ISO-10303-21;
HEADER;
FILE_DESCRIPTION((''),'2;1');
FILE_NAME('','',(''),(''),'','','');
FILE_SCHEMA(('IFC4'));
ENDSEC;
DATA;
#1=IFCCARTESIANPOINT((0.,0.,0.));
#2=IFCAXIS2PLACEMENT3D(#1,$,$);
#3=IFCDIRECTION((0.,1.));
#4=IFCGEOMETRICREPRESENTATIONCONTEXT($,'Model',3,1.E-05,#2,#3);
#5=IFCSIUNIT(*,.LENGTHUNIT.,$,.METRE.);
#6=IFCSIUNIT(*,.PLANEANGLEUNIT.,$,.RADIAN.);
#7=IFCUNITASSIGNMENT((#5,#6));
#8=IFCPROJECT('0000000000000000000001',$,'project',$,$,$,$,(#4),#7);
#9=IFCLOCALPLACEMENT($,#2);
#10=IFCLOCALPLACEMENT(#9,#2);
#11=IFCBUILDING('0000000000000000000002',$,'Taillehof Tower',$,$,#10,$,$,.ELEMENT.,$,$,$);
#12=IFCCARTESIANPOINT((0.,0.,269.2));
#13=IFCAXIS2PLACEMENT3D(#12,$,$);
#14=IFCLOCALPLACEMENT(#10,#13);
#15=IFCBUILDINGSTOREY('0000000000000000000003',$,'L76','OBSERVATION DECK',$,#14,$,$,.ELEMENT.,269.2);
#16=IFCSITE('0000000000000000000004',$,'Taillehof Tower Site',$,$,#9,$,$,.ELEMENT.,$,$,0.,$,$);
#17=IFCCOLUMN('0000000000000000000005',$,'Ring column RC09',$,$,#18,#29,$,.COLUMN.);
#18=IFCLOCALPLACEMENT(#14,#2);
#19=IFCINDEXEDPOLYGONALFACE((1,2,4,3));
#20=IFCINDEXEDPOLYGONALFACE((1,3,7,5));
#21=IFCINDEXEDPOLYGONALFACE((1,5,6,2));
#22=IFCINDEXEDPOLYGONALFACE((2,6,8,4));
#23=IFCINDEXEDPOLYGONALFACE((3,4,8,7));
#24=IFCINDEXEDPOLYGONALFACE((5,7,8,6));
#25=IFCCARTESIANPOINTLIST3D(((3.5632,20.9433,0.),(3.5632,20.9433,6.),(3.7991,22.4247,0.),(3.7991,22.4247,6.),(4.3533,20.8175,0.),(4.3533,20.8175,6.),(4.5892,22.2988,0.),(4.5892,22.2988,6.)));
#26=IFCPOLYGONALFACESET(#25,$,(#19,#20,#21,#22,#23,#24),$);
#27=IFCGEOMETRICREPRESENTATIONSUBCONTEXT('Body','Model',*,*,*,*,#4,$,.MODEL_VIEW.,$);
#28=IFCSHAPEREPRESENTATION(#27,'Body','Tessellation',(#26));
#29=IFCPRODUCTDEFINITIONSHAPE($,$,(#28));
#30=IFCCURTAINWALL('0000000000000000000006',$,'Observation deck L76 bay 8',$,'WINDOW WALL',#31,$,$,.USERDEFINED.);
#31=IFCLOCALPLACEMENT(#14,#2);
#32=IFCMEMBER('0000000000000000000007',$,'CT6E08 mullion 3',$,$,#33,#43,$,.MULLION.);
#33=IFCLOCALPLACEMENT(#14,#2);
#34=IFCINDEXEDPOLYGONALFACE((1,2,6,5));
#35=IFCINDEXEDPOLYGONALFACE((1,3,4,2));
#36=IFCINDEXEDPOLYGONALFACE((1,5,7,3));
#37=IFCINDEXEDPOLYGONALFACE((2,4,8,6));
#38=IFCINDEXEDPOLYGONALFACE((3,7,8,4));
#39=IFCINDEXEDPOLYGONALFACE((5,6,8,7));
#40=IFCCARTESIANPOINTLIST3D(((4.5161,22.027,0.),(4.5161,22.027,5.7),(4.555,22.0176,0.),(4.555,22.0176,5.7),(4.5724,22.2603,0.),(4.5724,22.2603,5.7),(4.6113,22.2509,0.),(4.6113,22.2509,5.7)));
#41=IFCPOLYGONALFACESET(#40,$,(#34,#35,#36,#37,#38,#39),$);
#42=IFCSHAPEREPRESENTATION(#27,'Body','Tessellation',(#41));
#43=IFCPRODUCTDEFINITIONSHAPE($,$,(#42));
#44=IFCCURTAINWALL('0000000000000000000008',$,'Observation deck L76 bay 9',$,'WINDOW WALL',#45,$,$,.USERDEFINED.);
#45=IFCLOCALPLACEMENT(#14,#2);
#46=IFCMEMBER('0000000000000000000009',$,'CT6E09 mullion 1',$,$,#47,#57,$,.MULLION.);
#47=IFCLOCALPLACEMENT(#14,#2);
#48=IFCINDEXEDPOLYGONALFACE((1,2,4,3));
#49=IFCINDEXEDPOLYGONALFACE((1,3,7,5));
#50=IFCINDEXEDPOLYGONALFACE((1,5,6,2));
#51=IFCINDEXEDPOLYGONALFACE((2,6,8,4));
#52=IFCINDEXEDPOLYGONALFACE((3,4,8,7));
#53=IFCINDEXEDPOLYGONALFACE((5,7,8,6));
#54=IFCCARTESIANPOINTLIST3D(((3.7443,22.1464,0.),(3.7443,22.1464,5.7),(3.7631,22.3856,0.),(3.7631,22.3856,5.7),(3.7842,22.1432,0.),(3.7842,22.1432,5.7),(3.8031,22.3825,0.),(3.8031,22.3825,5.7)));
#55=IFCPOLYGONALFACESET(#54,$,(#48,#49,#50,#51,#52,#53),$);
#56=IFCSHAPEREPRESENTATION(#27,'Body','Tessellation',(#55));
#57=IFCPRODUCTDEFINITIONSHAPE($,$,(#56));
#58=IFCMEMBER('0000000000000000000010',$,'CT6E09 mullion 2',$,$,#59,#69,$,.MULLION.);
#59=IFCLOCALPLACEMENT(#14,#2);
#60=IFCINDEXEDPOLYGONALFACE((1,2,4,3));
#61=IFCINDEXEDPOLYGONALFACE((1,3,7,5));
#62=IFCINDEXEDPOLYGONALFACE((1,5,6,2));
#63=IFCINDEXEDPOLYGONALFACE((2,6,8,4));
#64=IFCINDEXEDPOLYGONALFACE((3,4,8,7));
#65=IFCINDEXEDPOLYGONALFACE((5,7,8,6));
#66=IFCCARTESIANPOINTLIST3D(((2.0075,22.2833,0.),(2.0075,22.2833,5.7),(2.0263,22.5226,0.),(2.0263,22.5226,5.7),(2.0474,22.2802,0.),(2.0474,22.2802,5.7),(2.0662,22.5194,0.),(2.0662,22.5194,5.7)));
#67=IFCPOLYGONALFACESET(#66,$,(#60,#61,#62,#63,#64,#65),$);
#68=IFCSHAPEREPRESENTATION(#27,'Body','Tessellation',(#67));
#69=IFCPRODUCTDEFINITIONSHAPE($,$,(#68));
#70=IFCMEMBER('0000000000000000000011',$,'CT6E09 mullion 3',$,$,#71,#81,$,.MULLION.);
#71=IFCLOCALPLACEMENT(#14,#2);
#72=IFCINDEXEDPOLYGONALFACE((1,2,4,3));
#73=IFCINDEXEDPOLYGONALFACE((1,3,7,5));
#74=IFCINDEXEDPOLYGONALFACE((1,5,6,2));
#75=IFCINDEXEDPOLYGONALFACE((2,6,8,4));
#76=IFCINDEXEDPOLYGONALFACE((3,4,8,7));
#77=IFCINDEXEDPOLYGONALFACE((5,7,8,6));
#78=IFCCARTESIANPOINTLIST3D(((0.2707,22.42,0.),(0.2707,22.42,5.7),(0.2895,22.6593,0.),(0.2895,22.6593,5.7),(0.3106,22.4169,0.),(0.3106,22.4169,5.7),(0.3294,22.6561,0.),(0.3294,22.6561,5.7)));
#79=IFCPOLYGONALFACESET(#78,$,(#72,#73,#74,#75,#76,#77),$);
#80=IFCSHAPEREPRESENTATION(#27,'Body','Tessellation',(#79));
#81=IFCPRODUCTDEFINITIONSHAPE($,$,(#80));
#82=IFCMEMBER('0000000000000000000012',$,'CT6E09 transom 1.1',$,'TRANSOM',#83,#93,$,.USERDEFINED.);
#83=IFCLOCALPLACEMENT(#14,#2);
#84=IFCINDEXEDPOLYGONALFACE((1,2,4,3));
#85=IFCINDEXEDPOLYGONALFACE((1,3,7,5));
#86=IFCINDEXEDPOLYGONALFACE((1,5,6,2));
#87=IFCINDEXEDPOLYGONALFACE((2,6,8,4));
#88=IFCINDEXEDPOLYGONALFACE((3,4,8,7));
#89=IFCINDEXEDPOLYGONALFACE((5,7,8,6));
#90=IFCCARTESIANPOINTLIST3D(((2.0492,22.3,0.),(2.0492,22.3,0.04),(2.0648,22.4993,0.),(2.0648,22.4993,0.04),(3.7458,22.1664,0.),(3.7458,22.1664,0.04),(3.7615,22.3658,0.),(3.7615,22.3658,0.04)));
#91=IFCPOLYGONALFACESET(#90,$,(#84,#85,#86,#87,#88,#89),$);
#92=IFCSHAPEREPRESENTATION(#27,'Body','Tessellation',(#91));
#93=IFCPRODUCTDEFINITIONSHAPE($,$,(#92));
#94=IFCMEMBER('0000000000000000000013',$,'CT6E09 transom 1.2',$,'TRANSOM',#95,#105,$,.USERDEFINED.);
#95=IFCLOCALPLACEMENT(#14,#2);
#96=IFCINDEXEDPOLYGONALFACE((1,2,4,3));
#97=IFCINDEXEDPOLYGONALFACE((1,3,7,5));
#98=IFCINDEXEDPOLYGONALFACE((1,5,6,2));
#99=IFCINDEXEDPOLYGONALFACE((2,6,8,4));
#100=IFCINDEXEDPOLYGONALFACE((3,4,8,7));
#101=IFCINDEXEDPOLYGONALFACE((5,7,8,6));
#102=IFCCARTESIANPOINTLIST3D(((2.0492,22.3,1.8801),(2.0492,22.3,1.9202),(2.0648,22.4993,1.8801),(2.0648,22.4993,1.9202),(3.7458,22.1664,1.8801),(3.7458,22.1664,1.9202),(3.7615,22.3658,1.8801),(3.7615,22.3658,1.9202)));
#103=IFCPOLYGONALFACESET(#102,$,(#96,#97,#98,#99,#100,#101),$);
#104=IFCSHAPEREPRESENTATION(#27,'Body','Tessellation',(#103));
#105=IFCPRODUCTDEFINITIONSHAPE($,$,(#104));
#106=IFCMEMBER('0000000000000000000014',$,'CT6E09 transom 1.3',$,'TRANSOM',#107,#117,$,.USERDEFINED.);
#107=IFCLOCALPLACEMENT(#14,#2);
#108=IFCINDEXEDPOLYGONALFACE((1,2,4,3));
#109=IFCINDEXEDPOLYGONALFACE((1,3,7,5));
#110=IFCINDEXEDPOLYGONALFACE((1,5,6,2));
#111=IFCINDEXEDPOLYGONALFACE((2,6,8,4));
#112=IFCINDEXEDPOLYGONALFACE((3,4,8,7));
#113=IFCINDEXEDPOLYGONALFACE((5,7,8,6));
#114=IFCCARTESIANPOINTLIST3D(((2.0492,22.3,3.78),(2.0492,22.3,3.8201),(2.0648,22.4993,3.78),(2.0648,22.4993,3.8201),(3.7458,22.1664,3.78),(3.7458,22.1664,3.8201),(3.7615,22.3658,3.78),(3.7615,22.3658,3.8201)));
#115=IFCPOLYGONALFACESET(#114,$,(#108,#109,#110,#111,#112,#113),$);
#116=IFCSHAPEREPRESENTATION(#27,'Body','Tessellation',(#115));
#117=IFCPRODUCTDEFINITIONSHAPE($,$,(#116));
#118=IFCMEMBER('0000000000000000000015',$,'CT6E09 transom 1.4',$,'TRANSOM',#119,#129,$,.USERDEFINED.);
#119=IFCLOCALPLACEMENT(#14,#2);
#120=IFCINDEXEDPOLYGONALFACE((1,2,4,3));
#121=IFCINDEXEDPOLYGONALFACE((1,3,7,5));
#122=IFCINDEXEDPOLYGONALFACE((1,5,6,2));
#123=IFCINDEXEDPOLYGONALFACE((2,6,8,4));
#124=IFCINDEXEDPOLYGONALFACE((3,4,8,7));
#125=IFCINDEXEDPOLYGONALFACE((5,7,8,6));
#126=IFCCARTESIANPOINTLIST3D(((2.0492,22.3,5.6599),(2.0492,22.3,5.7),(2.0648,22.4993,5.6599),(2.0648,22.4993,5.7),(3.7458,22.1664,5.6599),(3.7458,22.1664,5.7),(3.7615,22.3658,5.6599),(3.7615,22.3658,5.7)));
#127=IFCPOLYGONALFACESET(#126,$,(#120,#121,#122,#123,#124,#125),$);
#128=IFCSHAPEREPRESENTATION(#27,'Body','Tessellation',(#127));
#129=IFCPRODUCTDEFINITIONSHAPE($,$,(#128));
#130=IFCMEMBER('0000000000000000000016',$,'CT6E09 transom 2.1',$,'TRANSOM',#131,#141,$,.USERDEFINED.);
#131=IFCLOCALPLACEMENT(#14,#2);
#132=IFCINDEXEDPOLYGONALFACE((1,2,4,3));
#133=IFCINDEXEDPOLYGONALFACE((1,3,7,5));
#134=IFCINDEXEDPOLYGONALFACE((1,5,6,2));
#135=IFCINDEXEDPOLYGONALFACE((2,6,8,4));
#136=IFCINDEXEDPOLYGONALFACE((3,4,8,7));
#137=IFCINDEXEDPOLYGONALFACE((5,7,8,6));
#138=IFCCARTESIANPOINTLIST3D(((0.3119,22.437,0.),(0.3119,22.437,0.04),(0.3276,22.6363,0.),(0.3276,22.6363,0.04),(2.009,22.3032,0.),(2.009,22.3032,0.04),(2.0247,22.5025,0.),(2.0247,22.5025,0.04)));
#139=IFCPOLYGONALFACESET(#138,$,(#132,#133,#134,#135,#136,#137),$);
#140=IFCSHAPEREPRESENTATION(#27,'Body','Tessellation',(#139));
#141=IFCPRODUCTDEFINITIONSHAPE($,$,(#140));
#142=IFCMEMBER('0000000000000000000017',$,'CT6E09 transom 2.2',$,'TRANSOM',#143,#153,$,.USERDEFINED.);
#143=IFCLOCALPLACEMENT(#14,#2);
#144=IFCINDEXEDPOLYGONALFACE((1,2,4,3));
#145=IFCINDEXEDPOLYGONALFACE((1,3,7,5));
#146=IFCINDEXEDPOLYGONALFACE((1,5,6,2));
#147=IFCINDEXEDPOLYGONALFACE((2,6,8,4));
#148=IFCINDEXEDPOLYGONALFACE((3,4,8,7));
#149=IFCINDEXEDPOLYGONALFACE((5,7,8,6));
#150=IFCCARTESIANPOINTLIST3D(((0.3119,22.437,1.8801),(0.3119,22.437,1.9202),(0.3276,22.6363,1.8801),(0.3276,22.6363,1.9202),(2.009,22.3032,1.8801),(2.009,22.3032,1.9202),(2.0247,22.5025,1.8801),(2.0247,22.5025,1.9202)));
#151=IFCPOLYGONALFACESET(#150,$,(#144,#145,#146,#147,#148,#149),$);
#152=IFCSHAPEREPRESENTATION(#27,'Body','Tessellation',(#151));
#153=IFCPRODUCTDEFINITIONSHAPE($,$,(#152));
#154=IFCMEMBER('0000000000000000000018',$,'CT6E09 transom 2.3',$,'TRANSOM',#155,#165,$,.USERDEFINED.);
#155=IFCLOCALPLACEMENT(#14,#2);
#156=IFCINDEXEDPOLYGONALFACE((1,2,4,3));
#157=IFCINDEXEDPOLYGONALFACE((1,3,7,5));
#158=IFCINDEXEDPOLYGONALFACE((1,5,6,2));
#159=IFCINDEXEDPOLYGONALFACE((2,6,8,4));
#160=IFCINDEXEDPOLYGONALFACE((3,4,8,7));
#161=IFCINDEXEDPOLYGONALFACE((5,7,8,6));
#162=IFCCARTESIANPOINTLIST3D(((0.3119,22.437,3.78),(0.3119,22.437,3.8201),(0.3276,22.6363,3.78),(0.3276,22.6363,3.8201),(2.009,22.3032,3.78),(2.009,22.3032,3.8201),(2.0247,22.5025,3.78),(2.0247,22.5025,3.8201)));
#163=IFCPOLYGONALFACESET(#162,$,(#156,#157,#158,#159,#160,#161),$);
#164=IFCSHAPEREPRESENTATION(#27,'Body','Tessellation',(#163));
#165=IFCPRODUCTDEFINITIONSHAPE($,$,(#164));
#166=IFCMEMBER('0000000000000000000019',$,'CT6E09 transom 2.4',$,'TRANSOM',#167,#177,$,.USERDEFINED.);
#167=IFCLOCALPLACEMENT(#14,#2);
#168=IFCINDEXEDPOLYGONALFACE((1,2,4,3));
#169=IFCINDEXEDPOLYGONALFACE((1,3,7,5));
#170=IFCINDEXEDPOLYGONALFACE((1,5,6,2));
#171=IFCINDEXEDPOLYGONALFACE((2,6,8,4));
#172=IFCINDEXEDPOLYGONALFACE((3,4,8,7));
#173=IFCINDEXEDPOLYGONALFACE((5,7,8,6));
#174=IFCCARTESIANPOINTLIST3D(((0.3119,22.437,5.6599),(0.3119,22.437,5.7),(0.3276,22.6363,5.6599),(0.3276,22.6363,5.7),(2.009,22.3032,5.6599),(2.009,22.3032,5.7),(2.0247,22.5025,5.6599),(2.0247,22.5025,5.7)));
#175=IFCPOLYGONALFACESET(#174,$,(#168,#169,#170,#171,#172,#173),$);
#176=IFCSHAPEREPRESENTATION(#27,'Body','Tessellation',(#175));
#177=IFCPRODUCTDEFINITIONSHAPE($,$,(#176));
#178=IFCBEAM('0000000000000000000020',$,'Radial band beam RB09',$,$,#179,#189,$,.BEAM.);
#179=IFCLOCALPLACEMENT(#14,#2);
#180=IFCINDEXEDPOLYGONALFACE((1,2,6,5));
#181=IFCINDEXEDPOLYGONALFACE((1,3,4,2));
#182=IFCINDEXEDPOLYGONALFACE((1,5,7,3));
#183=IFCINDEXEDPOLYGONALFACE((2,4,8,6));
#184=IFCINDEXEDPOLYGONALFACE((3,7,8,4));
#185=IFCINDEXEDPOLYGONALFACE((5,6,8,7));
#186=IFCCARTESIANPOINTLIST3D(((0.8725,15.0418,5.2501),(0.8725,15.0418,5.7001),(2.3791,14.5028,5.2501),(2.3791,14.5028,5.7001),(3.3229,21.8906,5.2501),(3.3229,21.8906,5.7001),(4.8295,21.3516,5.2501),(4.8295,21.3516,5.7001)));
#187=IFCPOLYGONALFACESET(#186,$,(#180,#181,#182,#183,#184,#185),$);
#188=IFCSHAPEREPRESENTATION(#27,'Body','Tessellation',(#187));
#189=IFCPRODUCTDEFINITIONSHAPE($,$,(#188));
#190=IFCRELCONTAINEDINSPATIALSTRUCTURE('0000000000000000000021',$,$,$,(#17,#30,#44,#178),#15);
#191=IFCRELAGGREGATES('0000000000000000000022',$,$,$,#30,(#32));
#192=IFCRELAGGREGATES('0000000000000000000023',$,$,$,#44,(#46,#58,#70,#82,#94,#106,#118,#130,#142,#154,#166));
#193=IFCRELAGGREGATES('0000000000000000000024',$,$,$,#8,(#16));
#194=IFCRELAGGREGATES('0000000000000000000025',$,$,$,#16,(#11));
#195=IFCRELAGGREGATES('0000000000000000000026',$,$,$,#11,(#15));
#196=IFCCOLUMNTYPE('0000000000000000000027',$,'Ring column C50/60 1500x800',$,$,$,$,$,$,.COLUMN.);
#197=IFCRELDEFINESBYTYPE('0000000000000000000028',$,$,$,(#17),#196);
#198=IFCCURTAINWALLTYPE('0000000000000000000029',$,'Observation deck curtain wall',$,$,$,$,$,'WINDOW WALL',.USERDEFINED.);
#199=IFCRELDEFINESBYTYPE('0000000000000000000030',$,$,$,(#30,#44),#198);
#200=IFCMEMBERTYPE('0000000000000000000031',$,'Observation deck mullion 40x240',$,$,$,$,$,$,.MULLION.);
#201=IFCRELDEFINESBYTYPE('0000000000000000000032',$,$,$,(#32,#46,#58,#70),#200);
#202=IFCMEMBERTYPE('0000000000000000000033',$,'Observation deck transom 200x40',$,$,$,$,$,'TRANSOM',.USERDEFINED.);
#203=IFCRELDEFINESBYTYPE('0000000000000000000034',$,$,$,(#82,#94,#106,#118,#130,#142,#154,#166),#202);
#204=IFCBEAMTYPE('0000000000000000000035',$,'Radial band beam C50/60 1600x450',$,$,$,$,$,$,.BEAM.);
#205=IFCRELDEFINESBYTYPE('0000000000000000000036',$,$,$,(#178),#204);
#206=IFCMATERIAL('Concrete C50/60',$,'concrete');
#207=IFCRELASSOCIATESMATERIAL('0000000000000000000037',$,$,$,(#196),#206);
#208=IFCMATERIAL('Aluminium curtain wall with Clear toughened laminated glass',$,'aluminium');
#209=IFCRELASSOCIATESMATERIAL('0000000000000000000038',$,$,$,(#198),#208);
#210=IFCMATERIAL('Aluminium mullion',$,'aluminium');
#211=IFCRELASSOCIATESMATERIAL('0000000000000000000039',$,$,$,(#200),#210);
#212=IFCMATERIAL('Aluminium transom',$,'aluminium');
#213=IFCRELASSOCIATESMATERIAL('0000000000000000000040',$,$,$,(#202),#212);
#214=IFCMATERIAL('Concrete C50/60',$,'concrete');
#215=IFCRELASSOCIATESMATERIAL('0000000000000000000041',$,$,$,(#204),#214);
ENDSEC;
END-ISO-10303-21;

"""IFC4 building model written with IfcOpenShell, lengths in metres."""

from ifc_helpers import new_model, si_unit, direction, frame, origin, origin_2d, place, context, subcontext, project, spatial, rectangle, extrude, material, material_profile, profile_set, type_object, element, aggregate, save


model = new_model("IFC4")

# Units and contexts
model_context = context("Model", 3, precision=1e-05, world=origin(), true_north=direction((0.0, 1.0)))
body_context = subcontext(model_context, "Body", "Model", "MODEL_VIEW")
ifc_project = project(units=[si_unit("LENGTHUNIT", "METRE"), si_unit("PLANEANGLEUNIT", "RADIAN")], contexts=[model_context])

# Site, building, storey
site_placement = place(None, origin())
site = spatial("IfcSite", under=ifc_project, at=site_placement, Name="Taillehof Tower Site", CompositionType="ELEMENT", RefElevation=0.0)
building_placement = place(site_placement, origin())
building = spatial("IfcBuilding", under=site, at=building_placement, Name="Taillehof Tower", CompositionType="ELEMENT")
storey_placement = place(building_placement, frame((0.0, 0.0, 269.2)))
storey = spatial("IfcBuildingStorey", under=building, at=storey_placement, Name="L76", Description="OBSERVATION DECK", CompositionType="ELEMENT", Elevation=269.2)

# Column
ifc_material_1 = material(Name="Concrete C50/60", Category="concrete")
ifc_material_profile_1 = material_profile(ifc_material_1, rectangle(XDim=1.5, YDim=0.8, at=origin_2d()), Name="RC 1500x800")
ifc_profile_set_1 = profile_set([ifc_material_profile_1], Name="Concrete C50/60")
column_type = type_object("IfcColumnType", Name="Ring column C50/60 1500x800", PredefinedType="COLUMN", material=ifc_profile_set_1)
column_placement = place(storey_placement, frame((4.0762, 21.6211, 0.0), z_axis=(0.0, 0.0, 1.0), x_axis=(0.157281, 0.987554, 0.0)))
element("IfcColumn", 1, at=column_placement, inside=storey, type_object=column_type, Name="Ring column RC09", PredefinedType="COLUMN", context=body_context, shape_type="SweptSolid", body=[
    extrude(rectangle(XDim=1.5, YDim=0.8, at=origin_2d()), origin(), (0.0, 0.0, 1.0), 6.0),
])

# Curtain wall, member
ifc_material_2 = material(Name="Aluminium curtain wall with Clear toughened laminated glass", Category="aluminium")
curtain_wall_type = type_object("IfcCurtainWallType", Name="Observation deck curtain wall", ElementType="WINDOW WALL", PredefinedType="USERDEFINED", material=ifc_material_2)
curtain_wall_1_placement = place(storey_placement, origin())
curtain_wall_1 = element("IfcCurtainWall", 2, at=curtain_wall_1_placement, inside=storey, type_object=curtain_wall_type, Name="Observation deck L76 bay 8", ObjectType="WINDOW WALL", PredefinedType="USERDEFINED")
ifc_material_3 = material(Name="Aluminium mullion", Category="aluminium")
ifc_material_profile_2 = material_profile(ifc_material_3, rectangle(XDim=0.24, YDim=0.04, at=origin_2d()), Name="AL 40x240")
ifc_profile_set_2 = profile_set([ifc_material_profile_2], Name="Aluminium mullion")
member_type_1 = type_object("IfcMemberType", Name="Observation deck mullion 40x240", PredefinedType="MULLION", material=ifc_profile_set_2)
member_1_placement = place(storey_placement, frame((4.5637, 22.1389, 0.0), z_axis=(0.0, 0.0, 1.0), x_axis=(-0.234515, -0.972113, 0.0)))
member_1 = element("IfcMember", 3, at=member_1_placement, type_object=member_type_1, Name="CT6E08 mullion 3", PredefinedType="MULLION", context=body_context, shape_type="SweptSolid", body=[
    extrude(rectangle(XDim=0.24, YDim=0.04, at=origin_2d()), origin(), (0.0, 0.0, 1.0), 5.7),
])

# Curtain wall, members
curtain_wall_2_placement = place(storey_placement, origin())
curtain_wall_2 = element("IfcCurtainWall", 4, at=curtain_wall_2_placement, inside=storey, type_object=curtain_wall_type, Name="Observation deck L76 bay 9", ObjectType="WINDOW WALL", PredefinedType="USERDEFINED")
member_2_placement = place(storey_placement, frame((3.7737, 22.2644, 0.0), z_axis=(0.0, 0.0, 1.0), x_axis=(-0.078525, -0.996912, 0.0)))
member_2 = element("IfcMember", 5, at=member_2_placement, type_object=member_type_1, Name="CT6E09 mullion 1", PredefinedType="MULLION", context=body_context, shape_type="SweptSolid", body=[
    extrude(rectangle(XDim=0.24, YDim=0.04, at=origin_2d()), origin(), (0.0, 0.0, 1.0), 5.7),
])
member_3_placement = place(storey_placement, frame((2.0369, 22.4014, 0.0), z_axis=(0.0, 0.0, 1.0), x_axis=(-0.078525, -0.996912, 0.0)))
member_3 = element("IfcMember", 6, at=member_3_placement, type_object=member_type_1, Name="CT6E09 mullion 2", PredefinedType="MULLION", context=body_context, shape_type="SweptSolid", body=[
    extrude(rectangle(XDim=0.24, YDim=0.04, at=origin_2d()), origin(), (0.0, 0.0, 1.0), 5.7),
])
member_4_placement = place(storey_placement, frame((0.3, 22.5381, 0.0), z_axis=(0.0, 0.0, 1.0), x_axis=(-0.078525, -0.996912, 0.0)))
member_4 = element("IfcMember", 7, at=member_4_placement, type_object=member_type_1, Name="CT6E09 mullion 3", PredefinedType="MULLION", context=body_context, shape_type="SweptSolid", body=[
    extrude(rectangle(XDim=0.24, YDim=0.04, at=origin_2d()), origin(), (0.0, 0.0, 1.0), 5.7),
])
ifc_material_4 = material(Name="Aluminium transom", Category="aluminium")
ifc_material_profile_3 = material_profile(ifc_material_4, rectangle(XDim=0.2, YDim=0.04, at=origin_2d()), Name="AL 200x40")
ifc_profile_set_3 = profile_set([ifc_material_profile_3], Name="Aluminium transom")
member_type_2 = type_object("IfcMemberType", Name="Observation deck transom 200x40", ElementType="TRANSOM", PredefinedType="USERDEFINED", material=ifc_profile_set_3)
member_5_placement = place(storey_placement, frame((3.7537, 22.2661, 0.02), z_axis=(-0.996917, 0.078462, 0.0), x_axis=(-0.078462, -0.996917, 0.0)))
member_5 = element("IfcMember", 8, at=member_5_placement, type_object=member_type_2, Name="CT6E09 transom 1.1", ObjectType="TRANSOM", PredefinedType="USERDEFINED", context=body_context, shape_type="SweptSolid", body=[
    extrude(rectangle(XDim=0.2, YDim=0.04, at=origin_2d()), origin(), (0.0, 0.0, 1.0), 1.7019),
])
member_6_placement = place(storey_placement, frame((3.7537, 22.2661, 1.9001), z_axis=(-0.996917, 0.078462, 0.0), x_axis=(-0.078462, -0.996917, 0.0)))
member_6 = element("IfcMember", 9, at=member_6_placement, type_object=member_type_2, Name="CT6E09 transom 1.2", ObjectType="TRANSOM", PredefinedType="USERDEFINED", context=body_context, shape_type="SweptSolid", body=[
    extrude(rectangle(XDim=0.2, YDim=0.04, at=origin_2d()), origin(), (0.0, 0.0, 1.0), 1.7019),
])
member_7_placement = place(storey_placement, frame((3.7537, 22.2661, 3.8), z_axis=(-0.996917, 0.078462, 0.0), x_axis=(-0.078462, -0.996917, 0.0)))
member_7 = element("IfcMember", 10, at=member_7_placement, type_object=member_type_2, Name="CT6E09 transom 1.3", ObjectType="TRANSOM", PredefinedType="USERDEFINED", context=body_context, shape_type="SweptSolid", body=[
    extrude(rectangle(XDim=0.2, YDim=0.04, at=origin_2d()), origin(), (0.0, 0.0, 1.0), 1.7019),
])
member_8_placement = place(storey_placement, frame((3.7537, 22.2661, 5.6799), z_axis=(-0.996917, 0.078462, 0.0), x_axis=(-0.078462, -0.996917, 0.0)))
member_8 = element("IfcMember", 11, at=member_8_placement, type_object=member_type_2, Name="CT6E09 transom 1.4", ObjectType="TRANSOM", PredefinedType="USERDEFINED", context=body_context, shape_type="SweptSolid", body=[
    extrude(rectangle(XDim=0.2, YDim=0.04, at=origin_2d()), origin(), (0.0, 0.0, 1.0), 1.7019),
])
member_9_placement = place(storey_placement, frame((2.0168, 22.4028, 0.02), z_axis=(-0.996907, 0.078594, 0.0), x_axis=(-0.078594, -0.996907, 0.0)))
member_9 = element("IfcMember", 12, at=member_9_placement, type_object=member_type_2, Name="CT6E09 transom 2.1", ObjectType="TRANSOM", PredefinedType="USERDEFINED", context=body_context, shape_type="SweptSolid", body=[
    extrude(rectangle(XDim=0.2, YDim=0.04, at=origin_2d()), origin(), (0.0, 0.0, 1.0), 1.7024),
])
member_10_placement = place(storey_placement, frame((2.0168, 22.4028, 1.9001), z_axis=(-0.996907, 0.078594, 0.0), x_axis=(-0.078594, -0.996907, 0.0)))
member_10 = element("IfcMember", 13, at=member_10_placement, type_object=member_type_2, Name="CT6E09 transom 2.2", ObjectType="TRANSOM", PredefinedType="USERDEFINED", context=body_context, shape_type="SweptSolid", body=[
    extrude(rectangle(XDim=0.2, YDim=0.04, at=origin_2d()), origin(), (0.0, 0.0, 1.0), 1.7024),
])
member_11_placement = place(storey_placement, frame((2.0168, 22.4028, 3.8), z_axis=(-0.996907, 0.078594, 0.0), x_axis=(-0.078594, -0.996907, 0.0)))
member_11 = element("IfcMember", 14, at=member_11_placement, type_object=member_type_2, Name="CT6E09 transom 2.3", ObjectType="TRANSOM", PredefinedType="USERDEFINED", context=body_context, shape_type="SweptSolid", body=[
    extrude(rectangle(XDim=0.2, YDim=0.04, at=origin_2d()), origin(), (0.0, 0.0, 1.0), 1.7024),
])
member_12_placement = place(storey_placement, frame((2.0168, 22.4028, 5.6799), z_axis=(-0.996907, 0.078594, 0.0), x_axis=(-0.078594, -0.996907, 0.0)))
member_12 = element("IfcMember", 15, at=member_12_placement, type_object=member_type_2, Name="CT6E09 transom 2.4", ObjectType="TRANSOM", PredefinedType="USERDEFINED", context=body_context, shape_type="SweptSolid", body=[
    extrude(rectangle(XDim=0.2, YDim=0.04, at=origin_2d()), origin(), (0.0, 0.0, 1.0), 1.7024),
])

# Beam
ifc_material_5 = material(Name="Concrete C50/60", Category="concrete")
ifc_material_profile_4 = material_profile(ifc_material_5, rectangle(XDim=1.6001, YDim=0.45, at=origin_2d()), Name="RC 1600x450")
ifc_profile_set_4 = profile_set([ifc_material_profile_4], Name="Concrete C50/60")
beam_type_1 = type_object("IfcBeamType", Name="Radial band beam C50/60 1600x450", PredefinedType="BEAM", material=ifc_profile_set_4)
beam_1_placement = place(storey_placement, frame((4.0762, 21.6211, 5.4751), z_axis=(-0.336874, -0.94155, 0.0), x_axis=(0.94155, -0.336874, 0.0)))
element("IfcBeam", 16, at=beam_1_placement, inside=storey, type_object=beam_type_1, Name="Radial band beam RB09", PredefinedType="BEAM", context=body_context, shape_type="SweptSolid", body=[
    extrude(rectangle(XDim=1.6001, YDim=0.45, at=origin_2d()), origin(), (0.0, 0.0, 1.0), 7.2739),
])

aggregate(curtain_wall_1, [member_1])
aggregate(curtain_wall_2, [member_2, member_3, member_4, member_5, member_6, member_7, member_8, member_9, member_10, member_11, member_12])

save(model, "model.ifc")
